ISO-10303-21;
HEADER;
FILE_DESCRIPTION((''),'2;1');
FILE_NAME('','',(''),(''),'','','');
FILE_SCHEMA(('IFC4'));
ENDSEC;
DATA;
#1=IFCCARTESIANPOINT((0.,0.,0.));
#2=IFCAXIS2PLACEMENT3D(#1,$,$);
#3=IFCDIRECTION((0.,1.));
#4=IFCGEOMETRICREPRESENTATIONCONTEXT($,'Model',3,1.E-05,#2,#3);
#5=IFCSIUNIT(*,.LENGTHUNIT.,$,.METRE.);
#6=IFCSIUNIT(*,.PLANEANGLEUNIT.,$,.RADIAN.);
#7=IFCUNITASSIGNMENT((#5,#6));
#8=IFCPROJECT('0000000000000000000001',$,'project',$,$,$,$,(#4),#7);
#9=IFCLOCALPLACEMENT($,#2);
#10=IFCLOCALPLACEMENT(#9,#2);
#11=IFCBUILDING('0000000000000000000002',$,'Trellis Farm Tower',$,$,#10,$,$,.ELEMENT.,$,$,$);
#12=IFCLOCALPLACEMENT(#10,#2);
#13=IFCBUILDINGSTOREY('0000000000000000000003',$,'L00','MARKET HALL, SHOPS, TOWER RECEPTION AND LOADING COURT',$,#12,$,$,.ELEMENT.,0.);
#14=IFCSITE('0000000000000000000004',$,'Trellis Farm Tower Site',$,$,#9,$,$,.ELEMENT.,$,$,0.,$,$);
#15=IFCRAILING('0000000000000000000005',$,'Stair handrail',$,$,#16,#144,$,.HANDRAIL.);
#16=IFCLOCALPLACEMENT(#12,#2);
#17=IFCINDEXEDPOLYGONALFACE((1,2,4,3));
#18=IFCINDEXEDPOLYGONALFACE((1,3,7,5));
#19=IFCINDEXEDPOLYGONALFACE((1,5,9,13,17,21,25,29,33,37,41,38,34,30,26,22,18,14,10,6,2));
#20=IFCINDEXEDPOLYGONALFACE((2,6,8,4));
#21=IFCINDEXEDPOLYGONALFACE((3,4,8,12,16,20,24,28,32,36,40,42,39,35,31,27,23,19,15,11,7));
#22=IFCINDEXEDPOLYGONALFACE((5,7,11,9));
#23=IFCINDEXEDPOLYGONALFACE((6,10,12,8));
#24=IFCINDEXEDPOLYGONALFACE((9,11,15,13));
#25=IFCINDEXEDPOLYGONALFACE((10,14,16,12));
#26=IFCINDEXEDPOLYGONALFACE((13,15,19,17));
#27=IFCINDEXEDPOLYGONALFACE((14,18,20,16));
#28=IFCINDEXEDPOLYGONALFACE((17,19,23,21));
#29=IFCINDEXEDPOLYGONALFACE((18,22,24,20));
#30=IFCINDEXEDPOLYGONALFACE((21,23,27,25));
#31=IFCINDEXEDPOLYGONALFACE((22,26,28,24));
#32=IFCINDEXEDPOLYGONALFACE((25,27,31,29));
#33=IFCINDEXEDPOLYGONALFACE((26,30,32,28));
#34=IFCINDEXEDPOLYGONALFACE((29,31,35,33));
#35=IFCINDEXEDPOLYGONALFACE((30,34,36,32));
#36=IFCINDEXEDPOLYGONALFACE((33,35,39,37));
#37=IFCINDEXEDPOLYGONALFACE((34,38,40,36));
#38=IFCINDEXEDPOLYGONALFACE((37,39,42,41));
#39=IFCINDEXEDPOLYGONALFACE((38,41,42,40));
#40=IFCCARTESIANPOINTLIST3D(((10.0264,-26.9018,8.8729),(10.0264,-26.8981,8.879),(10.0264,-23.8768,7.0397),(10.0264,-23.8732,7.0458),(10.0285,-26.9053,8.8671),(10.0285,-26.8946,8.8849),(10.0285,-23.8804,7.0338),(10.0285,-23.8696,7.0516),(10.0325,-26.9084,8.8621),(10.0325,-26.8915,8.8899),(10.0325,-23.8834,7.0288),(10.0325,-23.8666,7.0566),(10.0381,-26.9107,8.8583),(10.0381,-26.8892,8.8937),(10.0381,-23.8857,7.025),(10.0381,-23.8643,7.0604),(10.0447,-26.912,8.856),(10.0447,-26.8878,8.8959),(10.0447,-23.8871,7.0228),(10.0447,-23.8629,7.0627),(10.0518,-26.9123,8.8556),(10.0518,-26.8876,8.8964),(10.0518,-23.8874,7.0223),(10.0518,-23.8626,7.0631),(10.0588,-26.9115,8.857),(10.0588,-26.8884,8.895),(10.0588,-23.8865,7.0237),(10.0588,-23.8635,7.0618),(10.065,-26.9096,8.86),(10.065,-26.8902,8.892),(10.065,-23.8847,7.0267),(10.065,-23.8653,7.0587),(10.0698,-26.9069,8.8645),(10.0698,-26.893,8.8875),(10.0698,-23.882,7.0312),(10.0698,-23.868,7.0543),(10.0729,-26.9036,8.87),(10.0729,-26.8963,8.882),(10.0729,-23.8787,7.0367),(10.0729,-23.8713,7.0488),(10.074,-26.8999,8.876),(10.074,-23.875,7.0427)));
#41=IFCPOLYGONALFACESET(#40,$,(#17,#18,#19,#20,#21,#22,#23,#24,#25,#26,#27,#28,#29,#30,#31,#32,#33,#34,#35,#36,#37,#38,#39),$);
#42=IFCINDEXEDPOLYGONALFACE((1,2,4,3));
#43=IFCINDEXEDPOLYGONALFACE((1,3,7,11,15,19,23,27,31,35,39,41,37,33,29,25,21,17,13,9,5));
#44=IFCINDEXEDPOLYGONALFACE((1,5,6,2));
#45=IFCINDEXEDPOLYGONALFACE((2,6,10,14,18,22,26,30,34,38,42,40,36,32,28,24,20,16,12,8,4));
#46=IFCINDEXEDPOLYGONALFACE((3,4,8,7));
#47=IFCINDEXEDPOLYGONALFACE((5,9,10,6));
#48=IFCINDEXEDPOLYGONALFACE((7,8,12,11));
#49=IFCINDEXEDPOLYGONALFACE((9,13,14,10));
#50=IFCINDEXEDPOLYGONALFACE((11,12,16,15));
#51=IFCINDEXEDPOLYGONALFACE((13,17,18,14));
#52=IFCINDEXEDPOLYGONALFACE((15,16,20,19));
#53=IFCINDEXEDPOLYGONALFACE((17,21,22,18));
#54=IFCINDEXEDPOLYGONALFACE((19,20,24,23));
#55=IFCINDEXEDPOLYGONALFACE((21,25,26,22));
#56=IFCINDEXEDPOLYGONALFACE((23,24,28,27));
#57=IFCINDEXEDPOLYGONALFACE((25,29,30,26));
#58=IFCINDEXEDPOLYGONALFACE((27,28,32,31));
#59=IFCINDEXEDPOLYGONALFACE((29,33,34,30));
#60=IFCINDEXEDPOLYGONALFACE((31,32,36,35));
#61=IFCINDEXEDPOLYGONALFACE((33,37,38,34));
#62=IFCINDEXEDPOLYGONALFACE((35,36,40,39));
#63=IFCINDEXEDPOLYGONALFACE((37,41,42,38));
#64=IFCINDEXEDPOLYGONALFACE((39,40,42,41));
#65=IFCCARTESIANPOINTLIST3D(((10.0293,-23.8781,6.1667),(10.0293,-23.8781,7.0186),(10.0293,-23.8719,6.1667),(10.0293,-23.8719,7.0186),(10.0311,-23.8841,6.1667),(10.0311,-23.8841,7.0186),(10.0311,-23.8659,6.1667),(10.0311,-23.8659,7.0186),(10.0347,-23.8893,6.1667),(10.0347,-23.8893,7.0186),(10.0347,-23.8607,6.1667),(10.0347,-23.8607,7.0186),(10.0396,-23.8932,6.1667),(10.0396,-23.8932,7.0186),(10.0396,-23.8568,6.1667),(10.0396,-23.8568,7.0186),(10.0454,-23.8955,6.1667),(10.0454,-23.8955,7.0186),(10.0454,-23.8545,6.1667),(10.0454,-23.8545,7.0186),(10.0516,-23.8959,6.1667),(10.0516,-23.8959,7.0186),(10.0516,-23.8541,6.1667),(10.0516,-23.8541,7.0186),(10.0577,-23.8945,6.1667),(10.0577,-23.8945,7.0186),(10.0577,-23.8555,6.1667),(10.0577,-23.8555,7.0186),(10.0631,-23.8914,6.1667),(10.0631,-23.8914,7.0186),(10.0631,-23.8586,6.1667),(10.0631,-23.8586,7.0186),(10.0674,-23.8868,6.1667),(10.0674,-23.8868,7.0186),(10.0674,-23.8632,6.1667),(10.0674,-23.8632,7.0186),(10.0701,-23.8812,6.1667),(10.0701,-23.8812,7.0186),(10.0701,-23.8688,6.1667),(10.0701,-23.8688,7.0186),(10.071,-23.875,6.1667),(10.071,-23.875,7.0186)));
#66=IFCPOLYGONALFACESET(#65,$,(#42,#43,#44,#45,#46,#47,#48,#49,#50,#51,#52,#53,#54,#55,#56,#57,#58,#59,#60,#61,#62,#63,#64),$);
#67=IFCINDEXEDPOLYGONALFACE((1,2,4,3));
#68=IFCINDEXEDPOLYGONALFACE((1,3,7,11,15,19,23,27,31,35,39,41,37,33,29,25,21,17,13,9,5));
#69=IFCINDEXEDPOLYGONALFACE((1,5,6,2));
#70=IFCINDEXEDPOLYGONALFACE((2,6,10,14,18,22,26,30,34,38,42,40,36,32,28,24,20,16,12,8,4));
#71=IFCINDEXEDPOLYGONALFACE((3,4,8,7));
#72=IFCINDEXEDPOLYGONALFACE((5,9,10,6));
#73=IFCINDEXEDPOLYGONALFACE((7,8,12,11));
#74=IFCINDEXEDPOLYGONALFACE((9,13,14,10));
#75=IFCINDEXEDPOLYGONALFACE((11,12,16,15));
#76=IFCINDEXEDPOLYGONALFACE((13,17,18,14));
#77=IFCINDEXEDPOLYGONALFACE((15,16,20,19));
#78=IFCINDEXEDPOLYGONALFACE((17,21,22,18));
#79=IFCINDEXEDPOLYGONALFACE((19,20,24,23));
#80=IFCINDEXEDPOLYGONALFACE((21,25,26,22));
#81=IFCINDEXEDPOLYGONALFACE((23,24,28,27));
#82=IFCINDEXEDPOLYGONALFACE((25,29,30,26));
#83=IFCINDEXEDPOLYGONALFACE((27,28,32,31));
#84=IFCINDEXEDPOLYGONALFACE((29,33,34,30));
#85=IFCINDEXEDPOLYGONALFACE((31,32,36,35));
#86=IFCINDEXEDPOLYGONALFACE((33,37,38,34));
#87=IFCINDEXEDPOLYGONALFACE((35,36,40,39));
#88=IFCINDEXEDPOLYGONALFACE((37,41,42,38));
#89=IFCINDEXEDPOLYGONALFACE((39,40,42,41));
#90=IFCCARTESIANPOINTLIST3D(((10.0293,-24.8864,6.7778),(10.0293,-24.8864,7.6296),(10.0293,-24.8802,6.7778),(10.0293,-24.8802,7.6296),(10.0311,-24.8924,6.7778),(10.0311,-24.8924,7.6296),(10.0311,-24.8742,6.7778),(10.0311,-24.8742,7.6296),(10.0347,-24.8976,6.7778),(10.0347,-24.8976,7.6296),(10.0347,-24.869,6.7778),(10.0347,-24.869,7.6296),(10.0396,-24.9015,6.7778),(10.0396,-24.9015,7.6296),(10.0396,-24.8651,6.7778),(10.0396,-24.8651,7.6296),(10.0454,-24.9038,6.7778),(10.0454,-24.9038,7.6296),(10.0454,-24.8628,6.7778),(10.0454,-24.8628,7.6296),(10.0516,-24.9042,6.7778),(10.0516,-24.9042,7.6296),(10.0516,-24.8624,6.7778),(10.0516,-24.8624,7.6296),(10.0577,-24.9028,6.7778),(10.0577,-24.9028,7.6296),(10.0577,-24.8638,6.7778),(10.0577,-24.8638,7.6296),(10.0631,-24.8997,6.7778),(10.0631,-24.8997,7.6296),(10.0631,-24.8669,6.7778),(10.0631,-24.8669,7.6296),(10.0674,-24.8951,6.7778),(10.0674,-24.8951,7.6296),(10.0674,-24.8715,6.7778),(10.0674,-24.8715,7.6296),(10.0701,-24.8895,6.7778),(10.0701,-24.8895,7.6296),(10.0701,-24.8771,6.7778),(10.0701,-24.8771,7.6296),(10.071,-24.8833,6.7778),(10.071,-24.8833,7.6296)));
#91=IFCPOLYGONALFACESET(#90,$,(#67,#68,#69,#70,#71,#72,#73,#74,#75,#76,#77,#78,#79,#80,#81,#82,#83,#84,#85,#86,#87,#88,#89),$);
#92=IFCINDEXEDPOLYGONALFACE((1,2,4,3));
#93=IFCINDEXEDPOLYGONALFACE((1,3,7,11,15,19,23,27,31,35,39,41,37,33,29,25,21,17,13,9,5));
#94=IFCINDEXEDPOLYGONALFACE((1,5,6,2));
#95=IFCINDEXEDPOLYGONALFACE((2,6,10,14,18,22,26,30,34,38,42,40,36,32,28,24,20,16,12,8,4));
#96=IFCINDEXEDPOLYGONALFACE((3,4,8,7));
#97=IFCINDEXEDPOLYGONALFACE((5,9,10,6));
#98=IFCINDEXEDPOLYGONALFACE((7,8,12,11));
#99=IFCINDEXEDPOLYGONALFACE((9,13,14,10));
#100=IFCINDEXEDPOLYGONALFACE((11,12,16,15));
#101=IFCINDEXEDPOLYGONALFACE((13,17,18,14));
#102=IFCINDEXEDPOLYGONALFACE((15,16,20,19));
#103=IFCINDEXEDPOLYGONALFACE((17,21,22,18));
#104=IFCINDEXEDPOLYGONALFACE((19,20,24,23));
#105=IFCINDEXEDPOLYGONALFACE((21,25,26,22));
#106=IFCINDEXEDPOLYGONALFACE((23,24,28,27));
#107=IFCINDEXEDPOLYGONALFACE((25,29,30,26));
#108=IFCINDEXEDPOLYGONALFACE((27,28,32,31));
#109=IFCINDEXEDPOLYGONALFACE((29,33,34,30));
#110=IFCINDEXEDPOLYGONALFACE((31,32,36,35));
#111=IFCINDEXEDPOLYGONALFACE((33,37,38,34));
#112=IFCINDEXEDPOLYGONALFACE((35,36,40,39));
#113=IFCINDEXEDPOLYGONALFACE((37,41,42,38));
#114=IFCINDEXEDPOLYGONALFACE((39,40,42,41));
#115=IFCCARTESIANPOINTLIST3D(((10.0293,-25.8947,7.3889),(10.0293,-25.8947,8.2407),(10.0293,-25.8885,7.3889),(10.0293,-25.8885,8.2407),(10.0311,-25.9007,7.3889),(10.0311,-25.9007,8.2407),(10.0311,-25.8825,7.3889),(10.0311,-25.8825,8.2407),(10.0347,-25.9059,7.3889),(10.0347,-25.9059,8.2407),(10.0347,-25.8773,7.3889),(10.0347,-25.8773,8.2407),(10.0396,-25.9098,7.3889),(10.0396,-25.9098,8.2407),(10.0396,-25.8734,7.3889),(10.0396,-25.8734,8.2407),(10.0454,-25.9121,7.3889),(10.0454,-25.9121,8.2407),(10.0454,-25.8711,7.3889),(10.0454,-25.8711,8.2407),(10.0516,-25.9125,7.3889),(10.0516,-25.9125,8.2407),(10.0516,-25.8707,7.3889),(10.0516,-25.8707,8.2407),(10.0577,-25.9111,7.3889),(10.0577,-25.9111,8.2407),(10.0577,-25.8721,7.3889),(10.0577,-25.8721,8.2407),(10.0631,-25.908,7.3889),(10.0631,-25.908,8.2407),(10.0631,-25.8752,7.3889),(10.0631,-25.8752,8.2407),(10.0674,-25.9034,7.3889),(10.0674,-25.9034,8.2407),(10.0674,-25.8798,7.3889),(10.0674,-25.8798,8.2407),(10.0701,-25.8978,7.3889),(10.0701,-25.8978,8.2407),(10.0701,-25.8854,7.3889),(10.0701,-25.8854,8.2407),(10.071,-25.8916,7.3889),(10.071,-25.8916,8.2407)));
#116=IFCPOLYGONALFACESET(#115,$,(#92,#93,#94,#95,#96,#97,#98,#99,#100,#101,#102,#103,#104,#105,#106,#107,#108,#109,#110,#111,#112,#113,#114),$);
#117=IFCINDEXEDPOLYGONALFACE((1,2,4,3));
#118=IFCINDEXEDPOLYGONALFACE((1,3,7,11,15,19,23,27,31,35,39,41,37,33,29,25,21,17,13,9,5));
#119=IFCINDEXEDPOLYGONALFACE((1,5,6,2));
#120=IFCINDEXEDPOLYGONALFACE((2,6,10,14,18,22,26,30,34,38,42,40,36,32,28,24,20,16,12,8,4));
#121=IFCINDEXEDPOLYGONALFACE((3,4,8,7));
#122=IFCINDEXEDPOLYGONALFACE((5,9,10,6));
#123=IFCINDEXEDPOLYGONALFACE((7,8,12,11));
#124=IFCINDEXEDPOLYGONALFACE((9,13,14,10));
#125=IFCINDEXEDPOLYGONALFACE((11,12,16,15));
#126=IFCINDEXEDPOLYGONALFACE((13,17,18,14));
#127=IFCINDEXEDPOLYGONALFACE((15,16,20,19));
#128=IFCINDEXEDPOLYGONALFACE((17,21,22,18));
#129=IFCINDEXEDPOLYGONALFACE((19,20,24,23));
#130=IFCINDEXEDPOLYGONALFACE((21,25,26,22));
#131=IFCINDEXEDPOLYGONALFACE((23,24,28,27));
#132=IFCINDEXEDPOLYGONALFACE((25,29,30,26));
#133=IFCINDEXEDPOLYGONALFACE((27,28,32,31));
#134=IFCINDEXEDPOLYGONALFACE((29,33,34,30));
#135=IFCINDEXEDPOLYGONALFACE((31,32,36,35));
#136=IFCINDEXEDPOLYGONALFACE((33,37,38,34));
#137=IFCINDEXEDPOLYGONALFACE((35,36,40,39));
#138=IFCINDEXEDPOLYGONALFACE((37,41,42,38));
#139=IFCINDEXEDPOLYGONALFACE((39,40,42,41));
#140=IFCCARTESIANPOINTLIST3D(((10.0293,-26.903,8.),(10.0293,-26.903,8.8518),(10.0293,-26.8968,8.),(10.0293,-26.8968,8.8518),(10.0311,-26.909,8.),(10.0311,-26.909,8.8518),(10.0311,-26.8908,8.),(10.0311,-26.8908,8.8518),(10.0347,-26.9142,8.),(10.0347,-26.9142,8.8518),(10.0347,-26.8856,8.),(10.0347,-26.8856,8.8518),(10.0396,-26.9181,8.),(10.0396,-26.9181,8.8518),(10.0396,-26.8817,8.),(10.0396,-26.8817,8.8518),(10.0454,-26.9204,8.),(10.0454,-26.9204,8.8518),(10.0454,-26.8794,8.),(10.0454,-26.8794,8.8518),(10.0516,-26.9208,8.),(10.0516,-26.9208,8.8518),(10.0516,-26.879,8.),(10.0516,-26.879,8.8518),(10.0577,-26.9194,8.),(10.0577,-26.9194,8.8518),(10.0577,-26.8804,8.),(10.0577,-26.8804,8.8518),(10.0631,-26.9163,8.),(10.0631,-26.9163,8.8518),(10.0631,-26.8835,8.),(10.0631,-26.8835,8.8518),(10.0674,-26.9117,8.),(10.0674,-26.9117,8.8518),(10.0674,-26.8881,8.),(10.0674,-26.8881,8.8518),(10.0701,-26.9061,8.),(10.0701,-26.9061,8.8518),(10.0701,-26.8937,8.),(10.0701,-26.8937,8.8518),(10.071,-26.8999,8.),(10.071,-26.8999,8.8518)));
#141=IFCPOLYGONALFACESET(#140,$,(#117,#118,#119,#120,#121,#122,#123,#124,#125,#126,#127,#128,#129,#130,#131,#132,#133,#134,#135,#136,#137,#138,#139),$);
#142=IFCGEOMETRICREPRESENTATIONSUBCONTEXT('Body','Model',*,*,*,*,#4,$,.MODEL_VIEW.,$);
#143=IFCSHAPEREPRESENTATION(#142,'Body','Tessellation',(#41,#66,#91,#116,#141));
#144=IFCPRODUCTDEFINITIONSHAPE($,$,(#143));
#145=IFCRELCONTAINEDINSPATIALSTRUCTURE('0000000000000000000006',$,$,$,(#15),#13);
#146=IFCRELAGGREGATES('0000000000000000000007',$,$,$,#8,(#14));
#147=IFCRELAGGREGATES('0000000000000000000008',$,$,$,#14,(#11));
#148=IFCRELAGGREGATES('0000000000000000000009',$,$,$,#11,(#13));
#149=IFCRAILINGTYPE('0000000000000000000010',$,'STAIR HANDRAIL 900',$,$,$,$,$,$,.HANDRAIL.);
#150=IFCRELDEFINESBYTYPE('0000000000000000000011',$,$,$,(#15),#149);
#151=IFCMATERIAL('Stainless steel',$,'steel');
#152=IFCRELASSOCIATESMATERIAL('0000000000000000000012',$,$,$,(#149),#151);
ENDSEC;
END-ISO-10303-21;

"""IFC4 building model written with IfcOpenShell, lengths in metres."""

from ifc_helpers import new_model, si_unit, direction, frame, origin, origin_2d, place, context, subcontext, project, spatial, circle, extrude, source, transform, mapped, material, type_object, element, save


model = new_model("IFC4")

# Units and contexts
model_context = context("Model", 3, precision=1e-05, world=origin(), true_north=direction((0.0, 1.0)))
body_context = subcontext(model_context, "Body", "Model", "MODEL_VIEW")
ifc_project = project(units=[si_unit("LENGTHUNIT", "METRE"), si_unit("PLANEANGLEUNIT", "RADIAN")], contexts=[model_context])

# Site, building, storey
site_placement = place(None, origin())
site = spatial("IfcSite", under=ifc_project, at=site_placement, Name="Trellis Farm Tower Site", CompositionType="ELEMENT", RefElevation=0.0)
building_placement = place(site_placement, origin())
building = spatial("IfcBuilding", under=site, at=building_placement, Name="Trellis Farm Tower", CompositionType="ELEMENT")
storey_placement = place(building_placement, origin())
storey = spatial("IfcBuildingStorey", under=building, at=storey_placement, Name="L00", Description="MARKET HALL, SHOPS, TOWER RECEPTION AND LOADING COURT", CompositionType="ELEMENT", Elevation=0.0)

# Railing
ifc_material_1 = material(Name="Stainless steel", Category="steel")
railing_type = type_object("IfcRailingType", Name="STAIR HANDRAIL 900", PredefinedType="HANDRAIL", material=ifc_material_1)
shared_shape_1 = source(origin(), body_context, "Body", "SweptSolid", [
    extrude(circle(Radius=0.0239, at=origin_2d()), frame((0.0, 0.0, 0.876), z_axis=(0.0, -0.855201, 0.518297), x_axis=(1.0, 0.0, 0.0)), (0.0, 0.0, 1.0), 3.5371),
    extrude(circle(Radius=0.021, at=origin_2d()), origin(), (0.0, 0.0, 1.0), 0.8518),
    extrude(circle(Radius=0.021, at=origin_2d()), frame((0.0, -1.0083, 0.6111)), (0.0, 0.0, 1.0), 0.8518),
    extrude(circle(Radius=0.021, at=origin_2d()), frame((0.0, -2.0166, 1.2222)), (0.0, 0.0, 1.0), 0.8518),
    extrude(circle(Radius=0.021, at=origin_2d()), frame((0.0, -3.0249, 1.8333)), (0.0, 0.0, 1.0), 0.8518),
])
for number, where, name in (
    (1, (10.05, -23.875, 6.1667), "Stair handrail"),
):
    element("IfcRailing", number, at=place(storey_placement, frame(where)), inside=storey, type_object=railing_type, Name=name, PredefinedType="HANDRAIL", context=body_context, shape_type="MappedRepresentation", body=[
        mapped(shared_shape_1, transform((0.0, 0.0, 0.0))),
    ])

save(model, "model.ifc")
